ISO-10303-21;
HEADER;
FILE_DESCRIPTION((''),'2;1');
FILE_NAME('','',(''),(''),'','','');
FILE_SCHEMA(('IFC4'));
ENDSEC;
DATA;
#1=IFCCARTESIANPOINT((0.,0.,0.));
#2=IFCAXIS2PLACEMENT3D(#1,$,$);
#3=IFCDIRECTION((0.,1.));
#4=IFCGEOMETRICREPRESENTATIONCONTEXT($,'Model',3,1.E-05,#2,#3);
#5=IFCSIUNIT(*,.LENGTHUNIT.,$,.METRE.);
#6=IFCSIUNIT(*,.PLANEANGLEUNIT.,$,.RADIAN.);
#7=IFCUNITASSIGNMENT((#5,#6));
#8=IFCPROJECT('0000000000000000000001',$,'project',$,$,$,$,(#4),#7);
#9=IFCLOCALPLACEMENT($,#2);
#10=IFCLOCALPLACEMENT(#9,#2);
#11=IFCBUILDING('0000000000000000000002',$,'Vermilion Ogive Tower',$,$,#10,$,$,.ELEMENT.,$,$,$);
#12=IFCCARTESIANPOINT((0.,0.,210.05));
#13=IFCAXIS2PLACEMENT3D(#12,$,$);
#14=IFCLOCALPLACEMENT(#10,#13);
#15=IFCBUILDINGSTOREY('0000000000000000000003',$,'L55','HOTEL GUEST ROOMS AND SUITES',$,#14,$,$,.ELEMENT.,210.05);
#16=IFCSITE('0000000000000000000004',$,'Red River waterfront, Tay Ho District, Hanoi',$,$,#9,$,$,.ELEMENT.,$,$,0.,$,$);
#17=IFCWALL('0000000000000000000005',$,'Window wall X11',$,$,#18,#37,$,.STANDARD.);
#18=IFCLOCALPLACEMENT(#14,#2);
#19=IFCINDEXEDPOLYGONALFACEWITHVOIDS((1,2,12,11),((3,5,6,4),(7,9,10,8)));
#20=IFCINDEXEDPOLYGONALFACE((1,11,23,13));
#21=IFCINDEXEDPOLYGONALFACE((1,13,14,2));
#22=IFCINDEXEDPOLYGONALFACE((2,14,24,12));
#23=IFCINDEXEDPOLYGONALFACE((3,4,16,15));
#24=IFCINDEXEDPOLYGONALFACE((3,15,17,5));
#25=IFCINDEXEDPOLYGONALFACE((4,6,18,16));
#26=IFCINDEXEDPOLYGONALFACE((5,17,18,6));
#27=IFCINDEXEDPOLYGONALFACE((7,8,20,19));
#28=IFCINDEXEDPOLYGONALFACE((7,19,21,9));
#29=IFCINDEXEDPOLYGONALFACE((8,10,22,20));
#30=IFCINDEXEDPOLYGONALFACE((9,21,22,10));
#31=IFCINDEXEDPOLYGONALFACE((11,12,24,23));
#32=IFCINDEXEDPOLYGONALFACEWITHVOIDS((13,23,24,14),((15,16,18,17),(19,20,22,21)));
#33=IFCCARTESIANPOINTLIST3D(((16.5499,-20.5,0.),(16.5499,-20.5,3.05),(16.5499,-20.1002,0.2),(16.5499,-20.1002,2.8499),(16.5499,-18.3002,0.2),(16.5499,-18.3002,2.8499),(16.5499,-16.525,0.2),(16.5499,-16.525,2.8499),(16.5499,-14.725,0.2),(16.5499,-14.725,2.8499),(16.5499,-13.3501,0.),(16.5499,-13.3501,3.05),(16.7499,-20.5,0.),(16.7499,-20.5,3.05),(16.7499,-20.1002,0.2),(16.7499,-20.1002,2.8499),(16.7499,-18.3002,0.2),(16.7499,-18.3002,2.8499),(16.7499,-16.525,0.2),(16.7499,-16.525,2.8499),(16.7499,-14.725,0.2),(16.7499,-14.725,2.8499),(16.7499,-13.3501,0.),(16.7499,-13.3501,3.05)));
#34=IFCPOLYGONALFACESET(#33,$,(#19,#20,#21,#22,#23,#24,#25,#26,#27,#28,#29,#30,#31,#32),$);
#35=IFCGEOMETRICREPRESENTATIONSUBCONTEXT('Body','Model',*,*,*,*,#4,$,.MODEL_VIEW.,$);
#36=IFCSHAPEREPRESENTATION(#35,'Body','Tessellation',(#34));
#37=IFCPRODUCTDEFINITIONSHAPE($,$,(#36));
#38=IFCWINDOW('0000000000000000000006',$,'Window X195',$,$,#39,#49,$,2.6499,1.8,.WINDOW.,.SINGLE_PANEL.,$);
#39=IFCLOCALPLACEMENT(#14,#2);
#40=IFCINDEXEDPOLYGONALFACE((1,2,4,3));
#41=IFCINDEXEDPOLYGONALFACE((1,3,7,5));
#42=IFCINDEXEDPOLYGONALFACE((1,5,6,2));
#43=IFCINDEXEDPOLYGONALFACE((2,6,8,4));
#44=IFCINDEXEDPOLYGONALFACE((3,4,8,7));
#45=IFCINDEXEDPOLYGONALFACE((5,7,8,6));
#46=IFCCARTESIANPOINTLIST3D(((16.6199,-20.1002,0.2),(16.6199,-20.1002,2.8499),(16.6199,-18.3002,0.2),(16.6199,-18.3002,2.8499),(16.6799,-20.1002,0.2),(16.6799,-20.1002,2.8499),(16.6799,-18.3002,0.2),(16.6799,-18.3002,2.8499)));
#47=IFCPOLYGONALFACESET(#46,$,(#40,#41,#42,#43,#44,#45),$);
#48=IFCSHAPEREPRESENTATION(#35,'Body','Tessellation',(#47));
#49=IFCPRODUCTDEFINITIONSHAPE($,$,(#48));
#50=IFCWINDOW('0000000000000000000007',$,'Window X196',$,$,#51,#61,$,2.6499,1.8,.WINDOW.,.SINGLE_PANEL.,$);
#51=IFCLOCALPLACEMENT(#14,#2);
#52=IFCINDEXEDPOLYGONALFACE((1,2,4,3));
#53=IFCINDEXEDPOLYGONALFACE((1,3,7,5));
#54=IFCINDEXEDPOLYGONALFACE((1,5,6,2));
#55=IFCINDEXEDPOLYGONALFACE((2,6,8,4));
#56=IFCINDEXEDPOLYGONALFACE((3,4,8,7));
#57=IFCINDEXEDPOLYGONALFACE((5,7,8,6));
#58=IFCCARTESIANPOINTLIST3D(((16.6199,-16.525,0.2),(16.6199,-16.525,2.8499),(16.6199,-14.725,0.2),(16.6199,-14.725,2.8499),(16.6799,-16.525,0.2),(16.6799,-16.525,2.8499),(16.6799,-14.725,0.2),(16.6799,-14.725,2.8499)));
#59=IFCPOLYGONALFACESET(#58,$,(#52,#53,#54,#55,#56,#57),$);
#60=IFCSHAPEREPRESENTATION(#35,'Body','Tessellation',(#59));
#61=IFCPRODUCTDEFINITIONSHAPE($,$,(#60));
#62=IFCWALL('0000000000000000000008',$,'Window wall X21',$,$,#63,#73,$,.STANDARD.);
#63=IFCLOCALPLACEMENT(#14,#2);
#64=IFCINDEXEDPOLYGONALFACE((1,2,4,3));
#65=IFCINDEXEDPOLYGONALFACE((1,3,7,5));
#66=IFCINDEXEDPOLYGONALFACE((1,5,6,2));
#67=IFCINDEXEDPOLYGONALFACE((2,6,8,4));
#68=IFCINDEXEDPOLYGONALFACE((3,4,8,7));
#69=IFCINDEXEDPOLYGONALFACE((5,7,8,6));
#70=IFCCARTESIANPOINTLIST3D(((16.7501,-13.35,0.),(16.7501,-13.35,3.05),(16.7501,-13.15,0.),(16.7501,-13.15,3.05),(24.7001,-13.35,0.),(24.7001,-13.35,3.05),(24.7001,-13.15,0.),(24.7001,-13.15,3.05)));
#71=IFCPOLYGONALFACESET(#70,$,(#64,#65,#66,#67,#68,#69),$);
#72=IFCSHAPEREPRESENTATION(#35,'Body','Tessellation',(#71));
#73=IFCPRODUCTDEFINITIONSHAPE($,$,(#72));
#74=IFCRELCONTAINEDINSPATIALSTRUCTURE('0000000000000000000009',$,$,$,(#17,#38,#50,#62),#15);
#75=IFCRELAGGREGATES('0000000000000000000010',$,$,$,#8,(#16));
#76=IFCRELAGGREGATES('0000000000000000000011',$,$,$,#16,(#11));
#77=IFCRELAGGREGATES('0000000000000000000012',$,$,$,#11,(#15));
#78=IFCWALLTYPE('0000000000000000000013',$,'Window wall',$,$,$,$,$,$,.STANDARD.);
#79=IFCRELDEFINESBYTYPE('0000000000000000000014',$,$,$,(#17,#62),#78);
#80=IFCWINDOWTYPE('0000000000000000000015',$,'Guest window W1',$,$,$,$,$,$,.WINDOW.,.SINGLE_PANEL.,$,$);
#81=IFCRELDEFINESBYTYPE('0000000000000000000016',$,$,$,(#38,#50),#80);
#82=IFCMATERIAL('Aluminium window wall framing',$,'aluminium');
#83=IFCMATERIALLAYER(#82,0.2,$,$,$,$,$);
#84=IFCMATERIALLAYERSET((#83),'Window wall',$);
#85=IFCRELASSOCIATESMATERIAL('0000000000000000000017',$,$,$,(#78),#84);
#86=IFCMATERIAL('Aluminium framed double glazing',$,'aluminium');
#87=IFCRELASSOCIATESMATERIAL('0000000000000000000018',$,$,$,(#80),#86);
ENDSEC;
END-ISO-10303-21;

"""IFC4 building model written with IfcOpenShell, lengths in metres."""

from ifc_helpers import new_model, si_unit, direction, frame, frame_2d, origin, place, context, subcontext, project, spatial, rectangle, extrude, material, layer, layer_set, type_object, element, fill, save


model = new_model("IFC4")

# Units and contexts
model_context = context("Model", 3, precision=1e-05, world=origin(), true_north=direction((0.0, 1.0)))
body_context = subcontext(model_context, "Body", "Model", "MODEL_VIEW")
ifc_project = project(units=[si_unit("LENGTHUNIT", "METRE"), si_unit("PLANEANGLEUNIT", "RADIAN")], contexts=[model_context])

# Site, building, storey
site_placement = place(None, origin())
site = spatial("IfcSite", under=ifc_project, at=site_placement, Name="Red River waterfront, Tay Ho District, Hanoi", CompositionType="ELEMENT", RefElevation=0.0)
building_placement = place(site_placement, origin())
building = spatial("IfcBuilding", under=site, at=building_placement, Name="Vermilion Ogive Tower", CompositionType="ELEMENT")
storey_placement = place(building_placement, frame((0.0, 0.0, 210.05)))
storey = spatial("IfcBuildingStorey", under=building, at=storey_placement, Name="L55", Description="HOTEL GUEST ROOMS AND SUITES", CompositionType="ELEMENT", Elevation=210.05)

# Wall, openings, windows
ifc_material_1 = material(Name="Aluminium window wall framing", Category="aluminium")
ifc_layer_1 = layer(ifc_material_1, 0.2)
ifc_layer_set_1 = layer_set([ifc_layer_1], Name="Window wall")
wall_type_1 = type_object("IfcWallType", Name="Window wall", PredefinedType="STANDARD", material=ifc_layer_set_1)
wall_1_placement = place(storey_placement, frame((16.6499, -20.5, 0.0), z_axis=(0.0, 0.0, 1.0), x_axis=(0.0, 1.0, 0.0)))
wall_1 = element("IfcWall", 1, at=wall_1_placement, inside=storey, type_object=wall_type_1, Name="Window wall X11", PredefinedType="STANDARD", context=body_context, shape_type="SweptSolid", body=[
    extrude(rectangle(XDim=7.1499, YDim=0.2, at=frame_2d((3.575, 0.0))), origin(), (0.0, 0.0, 1.0), 3.05),
])
opening_1_placement = place(wall_1_placement, frame((0.3999, 0.0, 0.2)))
opening_1 = element("IfcOpeningElement", 2, at=opening_1_placement, cuts=wall_1, PredefinedType="OPENING", context=body_context, shape_type="SweptSolid", body=[
    extrude(rectangle(XDim=1.8, YDim=2.6499, at=frame_2d((0.8999, 1.325))), frame((0.0, 0.1099, 0.0), z_axis=(0.0, -1.0, 0.0), x_axis=(1.0, 0.0, 0.0)), (0.0, 0.0, 1.0), 0.22),
])
opening_2_placement = place(wall_1_placement, frame((3.9751, 0.0, 0.2)))
opening_2 = element("IfcOpeningElement", 3, at=opening_2_placement, cuts=wall_1, PredefinedType="OPENING", context=body_context, shape_type="SweptSolid", body=[
    extrude(rectangle(XDim=1.8, YDim=2.6499, at=frame_2d((0.8999, 1.325))), frame((0.0, 0.1099, 0.0), z_axis=(0.0, -1.0, 0.0), x_axis=(1.0, 0.0, 0.0)), (0.0, 0.0, 1.0), 0.22),
])
ifc_material_2 = material(Name="Aluminium framed double glazing", Category="aluminium")
window_type = type_object("IfcWindowType", Name="Guest window W1", PartitioningType="SINGLE_PANEL", PredefinedType="WINDOW", material=ifc_material_2)
window_1_placement = place(opening_1_placement, origin())
window_1 = element("IfcWindow", 4, at=window_1_placement, inside=storey, type_object=window_type, Name="Window X195", OverallHeight=2.6499, OverallWidth=1.8, PartitioningType="SINGLE_PANEL", PredefinedType="WINDOW", context=body_context, shape_type="SweptSolid", body=[
    extrude(rectangle(XDim=1.8, YDim=2.6499, at=frame_2d((0.8999, 1.325))), frame((0.0, 0.03, 0.0), z_axis=(0.0, -1.0, 0.0), x_axis=(1.0, 0.0, 0.0)), (0.0, 0.0, 1.0), 0.0601),
])
fill(opening_1, window_1)
window_2_placement = place(opening_2_placement, origin())
window_2 = element("IfcWindow", 5, at=window_2_placement, inside=storey, type_object=window_type, Name="Window X196", OverallHeight=2.6499, OverallWidth=1.8, PartitioningType="SINGLE_PANEL", PredefinedType="WINDOW", context=body_context, shape_type="SweptSolid", body=[
    extrude(rectangle(XDim=1.8, YDim=2.6499, at=frame_2d((0.8999, 1.325))), frame((0.0, 0.03, 0.0), z_axis=(0.0, -1.0, 0.0), x_axis=(1.0, 0.0, 0.0)), (0.0, 0.0, 1.0), 0.0601),
])
fill(opening_2, window_2)

# Wall
wall_2_placement = place(storey_placement, frame((16.75, -13.25, 0.0), z_axis=(0.0, 0.0, 1.0), x_axis=(1.0, 0.0, 0.0)))
element("IfcWall", 6, at=wall_2_placement, inside=storey, type_object=wall_type_1, Name="Window wall X21", PredefinedType="STANDARD", context=body_context, shape_type="SweptSolid", body=[
    extrude(rectangle(XDim=7.95, YDim=0.2, at=frame_2d((3.9751, 0.0))), origin(), (0.0, 0.0, 1.0), 3.05),
])

save(model, "model.ifc")
